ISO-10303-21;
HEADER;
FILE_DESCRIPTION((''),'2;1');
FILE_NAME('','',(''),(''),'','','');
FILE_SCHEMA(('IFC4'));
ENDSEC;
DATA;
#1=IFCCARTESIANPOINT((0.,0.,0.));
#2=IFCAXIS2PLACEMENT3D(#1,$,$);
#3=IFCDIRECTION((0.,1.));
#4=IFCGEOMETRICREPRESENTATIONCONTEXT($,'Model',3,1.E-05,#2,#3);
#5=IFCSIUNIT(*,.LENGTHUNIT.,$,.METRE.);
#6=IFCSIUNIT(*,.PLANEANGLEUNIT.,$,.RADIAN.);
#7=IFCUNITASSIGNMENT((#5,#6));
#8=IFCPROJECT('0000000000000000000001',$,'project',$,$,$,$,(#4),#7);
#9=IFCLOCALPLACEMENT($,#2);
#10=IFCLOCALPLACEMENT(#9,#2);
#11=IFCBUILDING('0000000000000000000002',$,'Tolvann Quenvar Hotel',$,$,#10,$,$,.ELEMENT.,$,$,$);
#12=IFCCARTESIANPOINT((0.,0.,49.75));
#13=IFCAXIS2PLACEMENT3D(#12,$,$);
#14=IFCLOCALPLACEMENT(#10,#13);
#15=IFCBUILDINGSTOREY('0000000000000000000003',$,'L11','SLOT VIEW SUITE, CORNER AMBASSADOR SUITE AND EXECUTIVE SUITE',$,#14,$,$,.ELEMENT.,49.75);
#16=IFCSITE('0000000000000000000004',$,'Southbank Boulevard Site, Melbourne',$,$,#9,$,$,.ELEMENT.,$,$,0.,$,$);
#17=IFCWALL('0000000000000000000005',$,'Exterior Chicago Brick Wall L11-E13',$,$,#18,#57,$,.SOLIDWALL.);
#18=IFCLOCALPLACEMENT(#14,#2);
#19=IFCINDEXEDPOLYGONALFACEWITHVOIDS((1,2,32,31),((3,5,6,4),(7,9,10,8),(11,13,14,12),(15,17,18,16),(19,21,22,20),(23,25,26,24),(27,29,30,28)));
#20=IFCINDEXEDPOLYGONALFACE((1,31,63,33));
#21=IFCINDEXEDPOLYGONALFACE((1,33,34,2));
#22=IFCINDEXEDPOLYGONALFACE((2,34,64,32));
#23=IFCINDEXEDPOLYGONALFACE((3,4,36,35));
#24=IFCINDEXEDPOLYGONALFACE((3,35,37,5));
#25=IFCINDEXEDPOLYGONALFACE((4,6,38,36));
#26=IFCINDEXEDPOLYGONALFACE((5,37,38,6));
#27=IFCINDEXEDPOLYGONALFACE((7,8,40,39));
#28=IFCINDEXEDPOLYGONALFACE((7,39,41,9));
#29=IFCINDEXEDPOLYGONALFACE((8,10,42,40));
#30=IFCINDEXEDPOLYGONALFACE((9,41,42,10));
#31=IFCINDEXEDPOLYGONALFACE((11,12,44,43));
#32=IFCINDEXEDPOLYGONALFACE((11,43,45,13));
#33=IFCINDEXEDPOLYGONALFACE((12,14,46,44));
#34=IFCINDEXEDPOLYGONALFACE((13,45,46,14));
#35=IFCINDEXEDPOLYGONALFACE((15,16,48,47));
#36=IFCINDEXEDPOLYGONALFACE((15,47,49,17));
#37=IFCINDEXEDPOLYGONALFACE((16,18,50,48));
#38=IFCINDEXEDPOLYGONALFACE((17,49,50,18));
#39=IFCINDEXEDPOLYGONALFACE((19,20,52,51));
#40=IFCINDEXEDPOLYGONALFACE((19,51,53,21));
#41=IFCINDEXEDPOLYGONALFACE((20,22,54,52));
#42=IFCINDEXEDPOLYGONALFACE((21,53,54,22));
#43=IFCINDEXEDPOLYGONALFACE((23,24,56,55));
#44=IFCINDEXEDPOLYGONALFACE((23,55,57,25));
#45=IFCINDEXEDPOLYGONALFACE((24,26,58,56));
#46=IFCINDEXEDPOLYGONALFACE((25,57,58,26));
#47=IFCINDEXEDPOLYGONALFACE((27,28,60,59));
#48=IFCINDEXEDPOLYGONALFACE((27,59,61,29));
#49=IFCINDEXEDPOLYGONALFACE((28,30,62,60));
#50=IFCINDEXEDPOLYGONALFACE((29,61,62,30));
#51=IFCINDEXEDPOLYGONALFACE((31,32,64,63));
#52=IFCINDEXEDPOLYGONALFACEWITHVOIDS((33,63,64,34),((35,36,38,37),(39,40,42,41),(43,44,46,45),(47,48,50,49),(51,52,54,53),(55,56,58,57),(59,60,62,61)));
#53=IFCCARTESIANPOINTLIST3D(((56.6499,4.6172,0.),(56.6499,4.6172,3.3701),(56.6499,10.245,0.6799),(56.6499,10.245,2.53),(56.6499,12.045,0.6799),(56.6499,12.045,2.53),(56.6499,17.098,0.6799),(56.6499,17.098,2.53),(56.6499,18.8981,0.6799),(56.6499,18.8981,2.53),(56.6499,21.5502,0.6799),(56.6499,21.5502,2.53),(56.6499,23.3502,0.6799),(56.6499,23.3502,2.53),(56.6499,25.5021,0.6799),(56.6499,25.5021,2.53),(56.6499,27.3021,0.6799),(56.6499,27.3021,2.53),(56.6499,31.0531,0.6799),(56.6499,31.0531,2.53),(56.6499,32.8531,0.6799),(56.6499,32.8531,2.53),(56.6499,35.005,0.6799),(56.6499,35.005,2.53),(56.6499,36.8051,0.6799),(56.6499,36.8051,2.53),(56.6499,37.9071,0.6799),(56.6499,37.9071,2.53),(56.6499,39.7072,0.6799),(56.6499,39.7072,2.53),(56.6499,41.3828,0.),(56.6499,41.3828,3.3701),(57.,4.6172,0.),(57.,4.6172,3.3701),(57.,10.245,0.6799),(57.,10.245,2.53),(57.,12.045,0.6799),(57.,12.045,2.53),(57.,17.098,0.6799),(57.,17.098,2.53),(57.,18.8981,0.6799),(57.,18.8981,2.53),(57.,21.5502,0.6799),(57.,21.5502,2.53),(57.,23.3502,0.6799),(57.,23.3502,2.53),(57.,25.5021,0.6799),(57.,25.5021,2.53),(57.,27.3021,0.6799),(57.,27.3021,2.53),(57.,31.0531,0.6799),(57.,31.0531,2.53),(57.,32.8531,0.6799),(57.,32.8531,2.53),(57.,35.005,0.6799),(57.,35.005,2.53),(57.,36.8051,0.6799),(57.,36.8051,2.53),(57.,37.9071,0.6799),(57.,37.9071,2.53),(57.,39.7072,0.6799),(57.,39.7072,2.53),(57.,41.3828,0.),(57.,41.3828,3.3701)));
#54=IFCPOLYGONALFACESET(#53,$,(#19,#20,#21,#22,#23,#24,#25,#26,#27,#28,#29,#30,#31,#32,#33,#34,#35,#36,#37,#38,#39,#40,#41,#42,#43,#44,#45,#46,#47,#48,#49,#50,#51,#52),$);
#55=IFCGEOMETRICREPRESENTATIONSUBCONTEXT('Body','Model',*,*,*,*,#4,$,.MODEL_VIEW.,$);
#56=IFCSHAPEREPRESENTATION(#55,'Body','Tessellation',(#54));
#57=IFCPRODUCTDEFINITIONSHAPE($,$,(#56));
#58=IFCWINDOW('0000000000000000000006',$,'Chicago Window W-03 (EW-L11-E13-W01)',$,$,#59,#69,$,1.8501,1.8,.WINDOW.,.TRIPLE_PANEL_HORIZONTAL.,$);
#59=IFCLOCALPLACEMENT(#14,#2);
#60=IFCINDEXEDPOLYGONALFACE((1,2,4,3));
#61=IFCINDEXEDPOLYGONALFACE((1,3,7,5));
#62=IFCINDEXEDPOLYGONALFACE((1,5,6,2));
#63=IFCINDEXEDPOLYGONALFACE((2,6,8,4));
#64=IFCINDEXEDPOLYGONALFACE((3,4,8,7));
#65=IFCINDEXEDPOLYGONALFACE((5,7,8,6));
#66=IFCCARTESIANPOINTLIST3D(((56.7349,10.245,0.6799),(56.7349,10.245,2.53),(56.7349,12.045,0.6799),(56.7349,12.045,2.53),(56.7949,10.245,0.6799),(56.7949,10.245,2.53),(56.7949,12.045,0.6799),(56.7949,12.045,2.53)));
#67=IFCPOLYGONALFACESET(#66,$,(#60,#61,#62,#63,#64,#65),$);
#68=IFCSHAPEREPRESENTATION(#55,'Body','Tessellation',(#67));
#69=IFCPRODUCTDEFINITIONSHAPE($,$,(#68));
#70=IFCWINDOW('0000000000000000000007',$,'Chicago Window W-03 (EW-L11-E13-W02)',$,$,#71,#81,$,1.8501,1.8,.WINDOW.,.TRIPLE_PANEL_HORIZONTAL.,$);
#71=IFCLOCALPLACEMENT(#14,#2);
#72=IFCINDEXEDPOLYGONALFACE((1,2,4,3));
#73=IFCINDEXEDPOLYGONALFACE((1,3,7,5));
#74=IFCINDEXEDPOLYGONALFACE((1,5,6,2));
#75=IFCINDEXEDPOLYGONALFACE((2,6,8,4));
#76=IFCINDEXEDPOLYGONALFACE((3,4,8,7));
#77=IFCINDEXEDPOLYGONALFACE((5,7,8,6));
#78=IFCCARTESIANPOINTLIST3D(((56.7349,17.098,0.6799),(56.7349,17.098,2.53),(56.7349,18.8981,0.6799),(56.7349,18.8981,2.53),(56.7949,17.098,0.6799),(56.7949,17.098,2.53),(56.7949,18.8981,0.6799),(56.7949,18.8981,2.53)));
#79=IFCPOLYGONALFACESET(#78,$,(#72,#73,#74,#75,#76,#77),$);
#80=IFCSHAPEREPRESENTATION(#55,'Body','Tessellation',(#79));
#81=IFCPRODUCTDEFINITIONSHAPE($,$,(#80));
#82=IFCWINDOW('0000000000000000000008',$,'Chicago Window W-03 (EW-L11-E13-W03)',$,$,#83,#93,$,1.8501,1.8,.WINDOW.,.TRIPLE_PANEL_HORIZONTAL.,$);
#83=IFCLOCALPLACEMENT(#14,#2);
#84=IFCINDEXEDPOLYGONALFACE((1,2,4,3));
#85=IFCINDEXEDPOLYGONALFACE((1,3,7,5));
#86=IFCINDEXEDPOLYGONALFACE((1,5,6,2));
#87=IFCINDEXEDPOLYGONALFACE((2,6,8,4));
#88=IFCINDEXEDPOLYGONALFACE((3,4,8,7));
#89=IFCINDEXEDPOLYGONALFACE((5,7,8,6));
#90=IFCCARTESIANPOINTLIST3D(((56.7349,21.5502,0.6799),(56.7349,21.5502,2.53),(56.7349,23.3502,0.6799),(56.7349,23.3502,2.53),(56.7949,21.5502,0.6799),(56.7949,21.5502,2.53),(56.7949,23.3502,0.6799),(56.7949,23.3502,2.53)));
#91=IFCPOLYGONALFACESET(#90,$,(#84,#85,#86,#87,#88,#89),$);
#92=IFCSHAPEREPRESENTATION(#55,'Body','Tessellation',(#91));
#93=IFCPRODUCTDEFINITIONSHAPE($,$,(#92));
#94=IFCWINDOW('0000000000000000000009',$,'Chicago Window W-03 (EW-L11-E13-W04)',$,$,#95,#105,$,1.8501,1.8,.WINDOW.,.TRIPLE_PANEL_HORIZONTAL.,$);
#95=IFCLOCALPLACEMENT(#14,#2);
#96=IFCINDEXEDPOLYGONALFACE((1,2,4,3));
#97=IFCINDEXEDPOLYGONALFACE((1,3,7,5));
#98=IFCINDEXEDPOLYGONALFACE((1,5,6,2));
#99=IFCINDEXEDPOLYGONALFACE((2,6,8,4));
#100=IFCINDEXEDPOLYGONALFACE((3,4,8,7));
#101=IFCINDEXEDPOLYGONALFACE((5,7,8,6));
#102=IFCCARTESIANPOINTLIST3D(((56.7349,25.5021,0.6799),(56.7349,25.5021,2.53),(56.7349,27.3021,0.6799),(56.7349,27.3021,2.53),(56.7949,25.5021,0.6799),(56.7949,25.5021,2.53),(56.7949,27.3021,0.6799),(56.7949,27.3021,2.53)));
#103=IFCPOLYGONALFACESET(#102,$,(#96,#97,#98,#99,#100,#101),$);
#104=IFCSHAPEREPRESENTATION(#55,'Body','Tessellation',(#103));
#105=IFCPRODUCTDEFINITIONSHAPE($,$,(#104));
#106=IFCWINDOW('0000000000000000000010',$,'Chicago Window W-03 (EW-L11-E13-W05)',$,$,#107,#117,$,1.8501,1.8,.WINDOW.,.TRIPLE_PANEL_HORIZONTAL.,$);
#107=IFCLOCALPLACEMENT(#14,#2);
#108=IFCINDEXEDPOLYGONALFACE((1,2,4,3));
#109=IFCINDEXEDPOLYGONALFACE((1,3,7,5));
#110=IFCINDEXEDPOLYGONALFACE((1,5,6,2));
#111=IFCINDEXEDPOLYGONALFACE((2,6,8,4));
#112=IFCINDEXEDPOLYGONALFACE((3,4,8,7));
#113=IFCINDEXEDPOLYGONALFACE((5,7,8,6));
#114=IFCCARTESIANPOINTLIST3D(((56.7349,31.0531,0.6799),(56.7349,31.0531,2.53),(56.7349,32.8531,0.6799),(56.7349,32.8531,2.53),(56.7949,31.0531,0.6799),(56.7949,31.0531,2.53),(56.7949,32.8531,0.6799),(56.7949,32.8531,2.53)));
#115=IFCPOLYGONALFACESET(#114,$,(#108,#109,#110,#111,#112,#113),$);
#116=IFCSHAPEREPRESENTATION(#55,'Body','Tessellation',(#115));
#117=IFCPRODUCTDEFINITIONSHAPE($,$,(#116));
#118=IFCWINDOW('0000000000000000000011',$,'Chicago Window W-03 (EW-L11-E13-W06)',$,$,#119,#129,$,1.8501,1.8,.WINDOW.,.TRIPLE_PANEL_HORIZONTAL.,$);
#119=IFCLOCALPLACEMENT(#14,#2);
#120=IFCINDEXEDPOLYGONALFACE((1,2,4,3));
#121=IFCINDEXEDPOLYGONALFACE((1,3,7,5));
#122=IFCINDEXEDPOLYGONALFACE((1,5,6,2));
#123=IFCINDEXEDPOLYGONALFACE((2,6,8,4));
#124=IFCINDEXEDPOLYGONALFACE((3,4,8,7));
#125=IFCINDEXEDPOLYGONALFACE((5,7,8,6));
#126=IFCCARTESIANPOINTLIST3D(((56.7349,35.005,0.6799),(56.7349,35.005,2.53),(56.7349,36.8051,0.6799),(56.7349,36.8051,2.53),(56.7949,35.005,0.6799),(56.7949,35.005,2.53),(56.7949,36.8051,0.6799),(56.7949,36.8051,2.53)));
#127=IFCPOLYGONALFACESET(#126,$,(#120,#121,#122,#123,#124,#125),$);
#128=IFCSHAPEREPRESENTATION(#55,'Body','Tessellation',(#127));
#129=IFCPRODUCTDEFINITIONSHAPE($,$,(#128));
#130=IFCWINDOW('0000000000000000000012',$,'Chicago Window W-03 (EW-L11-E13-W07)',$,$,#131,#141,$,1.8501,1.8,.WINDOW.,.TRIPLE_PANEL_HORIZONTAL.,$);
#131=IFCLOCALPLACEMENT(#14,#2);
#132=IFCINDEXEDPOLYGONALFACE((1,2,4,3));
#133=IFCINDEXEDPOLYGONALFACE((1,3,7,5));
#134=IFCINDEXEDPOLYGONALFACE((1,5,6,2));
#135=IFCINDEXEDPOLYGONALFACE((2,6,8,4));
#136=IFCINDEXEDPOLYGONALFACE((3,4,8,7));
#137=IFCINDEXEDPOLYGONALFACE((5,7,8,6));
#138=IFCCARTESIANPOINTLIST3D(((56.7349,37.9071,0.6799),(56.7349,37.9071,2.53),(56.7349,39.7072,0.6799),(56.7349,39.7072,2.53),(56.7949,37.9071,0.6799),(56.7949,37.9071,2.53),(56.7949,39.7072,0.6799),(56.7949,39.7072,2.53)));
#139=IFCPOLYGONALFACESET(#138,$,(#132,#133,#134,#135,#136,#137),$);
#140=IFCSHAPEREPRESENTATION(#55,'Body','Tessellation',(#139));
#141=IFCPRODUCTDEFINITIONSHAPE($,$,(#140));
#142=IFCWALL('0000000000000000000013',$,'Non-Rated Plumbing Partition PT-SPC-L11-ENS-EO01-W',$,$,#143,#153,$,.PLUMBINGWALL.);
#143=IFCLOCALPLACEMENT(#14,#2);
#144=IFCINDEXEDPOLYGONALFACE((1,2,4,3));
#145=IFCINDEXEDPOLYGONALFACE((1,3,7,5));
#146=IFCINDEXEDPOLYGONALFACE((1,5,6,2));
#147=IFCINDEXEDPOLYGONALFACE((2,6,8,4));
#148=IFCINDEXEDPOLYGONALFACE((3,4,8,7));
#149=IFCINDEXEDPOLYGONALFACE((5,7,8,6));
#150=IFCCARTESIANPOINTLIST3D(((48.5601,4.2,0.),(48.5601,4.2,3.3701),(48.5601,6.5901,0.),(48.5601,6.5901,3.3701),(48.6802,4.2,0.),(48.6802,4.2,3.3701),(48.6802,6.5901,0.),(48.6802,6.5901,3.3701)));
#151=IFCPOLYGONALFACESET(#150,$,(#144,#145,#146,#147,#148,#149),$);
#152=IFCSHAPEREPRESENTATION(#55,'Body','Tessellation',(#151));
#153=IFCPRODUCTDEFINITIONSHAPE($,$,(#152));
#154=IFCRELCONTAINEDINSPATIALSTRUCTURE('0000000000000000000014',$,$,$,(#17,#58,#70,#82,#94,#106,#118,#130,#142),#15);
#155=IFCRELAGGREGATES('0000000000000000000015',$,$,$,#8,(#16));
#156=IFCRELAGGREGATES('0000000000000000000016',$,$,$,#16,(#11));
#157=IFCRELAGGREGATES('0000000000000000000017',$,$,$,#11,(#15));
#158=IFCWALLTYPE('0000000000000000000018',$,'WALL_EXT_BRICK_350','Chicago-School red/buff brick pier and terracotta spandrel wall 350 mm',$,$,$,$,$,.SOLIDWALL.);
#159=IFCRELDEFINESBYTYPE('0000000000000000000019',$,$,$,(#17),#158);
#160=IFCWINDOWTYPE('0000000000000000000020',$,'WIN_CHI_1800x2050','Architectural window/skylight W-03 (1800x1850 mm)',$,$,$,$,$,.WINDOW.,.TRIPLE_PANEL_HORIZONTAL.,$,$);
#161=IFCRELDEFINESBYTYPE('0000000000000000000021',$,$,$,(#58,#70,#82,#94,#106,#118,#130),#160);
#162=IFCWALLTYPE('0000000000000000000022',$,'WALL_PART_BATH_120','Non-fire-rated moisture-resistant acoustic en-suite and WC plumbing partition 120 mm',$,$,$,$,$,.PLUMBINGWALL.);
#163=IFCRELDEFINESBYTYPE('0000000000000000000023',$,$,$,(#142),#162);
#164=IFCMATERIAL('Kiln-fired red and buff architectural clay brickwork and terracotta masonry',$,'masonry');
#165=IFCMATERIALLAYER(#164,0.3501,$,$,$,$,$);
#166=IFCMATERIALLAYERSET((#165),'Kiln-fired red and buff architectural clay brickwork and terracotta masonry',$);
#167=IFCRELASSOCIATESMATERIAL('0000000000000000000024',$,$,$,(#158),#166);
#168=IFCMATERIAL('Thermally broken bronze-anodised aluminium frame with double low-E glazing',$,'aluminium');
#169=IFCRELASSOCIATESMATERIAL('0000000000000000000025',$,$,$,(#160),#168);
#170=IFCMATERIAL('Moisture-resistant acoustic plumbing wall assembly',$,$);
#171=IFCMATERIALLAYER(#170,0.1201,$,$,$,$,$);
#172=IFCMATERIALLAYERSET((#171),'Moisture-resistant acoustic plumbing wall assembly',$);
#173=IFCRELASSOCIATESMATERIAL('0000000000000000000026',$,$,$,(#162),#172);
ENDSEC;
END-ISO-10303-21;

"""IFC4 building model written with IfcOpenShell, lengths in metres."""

from ifc_helpers import new_model, si_unit, direction, frame, frame_2d, origin, place, context, subcontext, project, spatial, rectangle, extrude, source, transform, mapped, material, layer, layer_set, type_object, type_shapes, element, fill, save


model = new_model("IFC4")

# Units and contexts
model_context = context("Model", 3, precision=1e-05, world=origin(), true_north=direction((0.0, 1.0)))
body_context = subcontext(model_context, "Body", "Model", "MODEL_VIEW")
ifc_project = project(units=[si_unit("LENGTHUNIT", "METRE"), si_unit("PLANEANGLEUNIT", "RADIAN")], contexts=[model_context])

# Site, building, storey
site_placement = place(None, origin())
site = spatial("IfcSite", under=ifc_project, at=site_placement, Name="Southbank Boulevard Site, Melbourne", CompositionType="ELEMENT", RefElevation=0.0)
building_placement = place(site_placement, origin())
building = spatial("IfcBuilding", under=site, at=building_placement, Name="Tolvann Quenvar Hotel", CompositionType="ELEMENT")
storey_placement = place(building_placement, frame((0.0, 0.0, 49.75)))
storey = spatial("IfcBuildingStorey", under=building, at=storey_placement, Name="L11", Description="SLOT VIEW SUITE, CORNER AMBASSADOR SUITE AND EXECUTIVE SUITE", CompositionType="ELEMENT", Elevation=49.75)

# Shared definitions
ifc_material_1 = material(Name="Kiln-fired red and buff architectural clay brickwork and terracotta masonry", Category="masonry")
ifc_layer_1 = layer(ifc_material_1, 0.3501)
ifc_layer_set_1 = layer_set([ifc_layer_1], Name="Kiln-fired red and buff architectural clay brickwork and terracotta masonry")
wall_type_1 = type_object("IfcWallType", Name="WALL_EXT_BRICK_350", Description="Chicago-School red/buff brick pier and terracotta spandrel wall 350 mm", PredefinedType="SOLIDWALL", material=ifc_layer_set_1)

# Wall, openings, windows
wall_1_placement = place(storey_placement, frame((56.825, 4.6172, 0.0), z_axis=(0.0, 0.0, 1.0), x_axis=(0.0, 1.0, 0.0)))
wall_1 = element("IfcWall", 1, at=wall_1_placement, inside=storey, type_object=wall_type_1, Name="Exterior Chicago Brick Wall L11-E13", PredefinedType="SOLIDWALL", context=body_context, shape_type="SweptSolid", body=[
    extrude(rectangle(XDim=36.7656, YDim=0.3501, at=frame_2d((18.3828, 0.0))), origin(), (0.0, 0.0, 1.0), 3.3701),
])
opening_1_placement = place(wall_1_placement, frame((5.6279, 0.0, 0.6799)))
opening_1 = element("IfcOpeningElement", 2, at=opening_1_placement, cuts=wall_1, PredefinedType="OPENING", context=body_context, shape_type="SweptSolid", body=[
    extrude(rectangle(XDim=1.8, YDim=1.8501, at=frame_2d((0.8999, 0.925))), frame((0.0, 0.1851, 0.0), z_axis=(0.0, -1.0, 0.0), x_axis=(1.0, 0.0, 0.0)), (0.0, 0.0, 1.0), 0.3701),
])
opening_2_placement = place(wall_1_placement, frame((12.481, 0.0, 0.6799)))
opening_2 = element("IfcOpeningElement", 3, at=opening_2_placement, cuts=wall_1, PredefinedType="OPENING", context=body_context, shape_type="SweptSolid", body=[
    extrude(rectangle(XDim=1.8, YDim=1.8501, at=frame_2d((0.8999, 0.925))), frame((0.0, 0.1851, 0.0), z_axis=(0.0, -1.0, 0.0), x_axis=(1.0, 0.0, 0.0)), (0.0, 0.0, 1.0), 0.3701),
])
opening_3_placement = place(wall_1_placement, frame((16.9331, 0.0, 0.6799)))
opening_3 = element("IfcOpeningElement", 4, at=opening_3_placement, cuts=wall_1, PredefinedType="OPENING", context=body_context, shape_type="SweptSolid", body=[
    extrude(rectangle(XDim=1.8, YDim=1.8501, at=frame_2d((0.8999, 0.925))), frame((0.0, 0.1851, 0.0), z_axis=(0.0, -1.0, 0.0), x_axis=(1.0, 0.0, 0.0)), (0.0, 0.0, 1.0), 0.3701),
])
opening_4_placement = place(wall_1_placement, frame((20.885, 0.0, 0.6799)))
opening_4 = element("IfcOpeningElement", 5, at=opening_4_placement, cuts=wall_1, PredefinedType="OPENING", context=body_context, shape_type="SweptSolid", body=[
    extrude(rectangle(XDim=1.8, YDim=1.8501, at=frame_2d((0.8999, 0.925))), frame((0.0, 0.1851, 0.0), z_axis=(0.0, -1.0, 0.0), x_axis=(1.0, 0.0, 0.0)), (0.0, 0.0, 1.0), 0.3701),
])
opening_5_placement = place(wall_1_placement, frame((26.436, 0.0, 0.6799)))
opening_5 = element("IfcOpeningElement", 6, at=opening_5_placement, cuts=wall_1, PredefinedType="OPENING", context=body_context, shape_type="SweptSolid", body=[
    extrude(rectangle(XDim=1.8, YDim=1.8501, at=frame_2d((0.8999, 0.925))), frame((0.0, 0.1851, 0.0), z_axis=(0.0, -1.0, 0.0), x_axis=(1.0, 0.0, 0.0)), (0.0, 0.0, 1.0), 0.3701),
])
opening_6_placement = place(wall_1_placement, frame((30.3879, 0.0, 0.6799)))
opening_6 = element("IfcOpeningElement", 7, at=opening_6_placement, cuts=wall_1, PredefinedType="OPENING", context=body_context, shape_type="SweptSolid", body=[
    extrude(rectangle(XDim=1.8, YDim=1.8501, at=frame_2d((0.8999, 0.925))), frame((0.0, 0.1851, 0.0), z_axis=(0.0, -1.0, 0.0), x_axis=(1.0, 0.0, 0.0)), (0.0, 0.0, 1.0), 0.3701),
])
opening_7_placement = place(wall_1_placement, frame((33.29, 0.0, 0.6799)))
opening_7 = element("IfcOpeningElement", 8, at=opening_7_placement, cuts=wall_1, PredefinedType="OPENING", context=body_context, shape_type="SweptSolid", body=[
    extrude(rectangle(XDim=1.8, YDim=1.8501, at=frame_2d((0.8999, 0.925))), frame((0.0, 0.1851, 0.0), z_axis=(0.0, -1.0, 0.0), x_axis=(1.0, 0.0, 0.0)), (0.0, 0.0, 1.0), 0.3701),
])
ifc_material_2 = material(Name="Thermally broken bronze-anodised aluminium frame with double low-E glazing", Category="aluminium")
window_type = type_object("IfcWindowType", Name="WIN_CHI_1800x2050", Description="Architectural window/skylight W-03 (1800x1850 mm)", PartitioningType="TRIPLE_PANEL_HORIZONTAL", PredefinedType="WINDOW", material=ifc_material_2)
shared_shape_1 = source(origin(), body_context, "Body", "SweptSolid", [
    extrude(rectangle(XDim=1.8, YDim=1.8501, at=frame_2d((0.8999, 0.925))), frame((0.0, 0.0901, 0.0), z_axis=(0.0, -1.0, 0.0), x_axis=(1.0, 0.0, 0.0)), (0.0, 0.0, 1.0), 0.0601),
])
type_shapes(window_type, [shared_shape_1])
window_1_placement = place(opening_1_placement, origin())
window_1 = element("IfcWindow", 9, at=window_1_placement, inside=storey, type_object=window_type, Name="Chicago Window W-03 (EW-L11-E13-W01)", OverallHeight=1.8501, OverallWidth=1.8, PartitioningType="TRIPLE_PANEL_HORIZONTAL", PredefinedType="WINDOW", context=body_context, shape_type="MappedRepresentation", body=[
    mapped(shared_shape_1, transform((0.0, 0.0, 0.0), x_axis=(1.0, 0.0, 0.0), y_axis=(0.0, 1.0, 0.0), z_axis=(0.0, 0.0, 1.0), scale=1.0)),
])
fill(opening_1, window_1)
window_2_placement = place(opening_2_placement, origin())
window_2 = element("IfcWindow", 10, at=window_2_placement, inside=storey, type_object=window_type, Name="Chicago Window W-03 (EW-L11-E13-W02)", OverallHeight=1.8501, OverallWidth=1.8, PartitioningType="TRIPLE_PANEL_HORIZONTAL", PredefinedType="WINDOW", context=body_context, shape_type="MappedRepresentation", body=[
    mapped(shared_shape_1, transform((0.0, 0.0, 0.0), x_axis=(1.0, 0.0, 0.0), y_axis=(0.0, 1.0, 0.0), z_axis=(0.0, 0.0, 1.0), scale=1.0)),
])
fill(opening_2, window_2)
window_3_placement = place(opening_3_placement, origin())
window_3 = element("IfcWindow", 11, at=window_3_placement, inside=storey, type_object=window_type, Name="Chicago Window W-03 (EW-L11-E13-W03)", OverallHeight=1.8501, OverallWidth=1.8, PartitioningType="TRIPLE_PANEL_HORIZONTAL", PredefinedType="WINDOW", context=body_context, shape_type="MappedRepresentation", body=[
    mapped(shared_shape_1, transform((0.0, 0.0, 0.0), x_axis=(1.0, 0.0, 0.0), y_axis=(0.0, 1.0, 0.0), z_axis=(0.0, 0.0, 1.0), scale=1.0)),
])
fill(opening_3, window_3)
window_4_placement = place(opening_4_placement, origin())
window_4 = element("IfcWindow", 12, at=window_4_placement, inside=storey, type_object=window_type, Name="Chicago Window W-03 (EW-L11-E13-W04)", OverallHeight=1.8501, OverallWidth=1.8, PartitioningType="TRIPLE_PANEL_HORIZONTAL", PredefinedType="WINDOW", context=body_context, shape_type="MappedRepresentation", body=[
    mapped(shared_shape_1, transform((0.0, 0.0, 0.0), x_axis=(1.0, 0.0, 0.0), y_axis=(0.0, 1.0, 0.0), z_axis=(0.0, 0.0, 1.0), scale=1.0)),
])
fill(opening_4, window_4)
window_5_placement = place(opening_5_placement, origin())
window_5 = element("IfcWindow", 13, at=window_5_placement, inside=storey, type_object=window_type, Name="Chicago Window W-03 (EW-L11-E13-W05)", OverallHeight=1.8501, OverallWidth=1.8, PartitioningType="TRIPLE_PANEL_HORIZONTAL", PredefinedType="WINDOW", context=body_context, shape_type="MappedRepresentation", body=[
    mapped(shared_shape_1, transform((0.0, 0.0, 0.0), x_axis=(1.0, 0.0, 0.0), y_axis=(0.0, 1.0, 0.0), z_axis=(0.0, 0.0, 1.0), scale=1.0)),
])
fill(opening_5, window_5)
window_6_placement = place(opening_6_placement, origin())
window_6 = element("IfcWindow", 14, at=window_6_placement, inside=storey, type_object=window_type, Name="Chicago Window W-03 (EW-L11-E13-W06)", OverallHeight=1.8501, OverallWidth=1.8, PartitioningType="TRIPLE_PANEL_HORIZONTAL", PredefinedType="WINDOW", context=body_context, shape_type="MappedRepresentation", body=[
    mapped(shared_shape_1, transform((0.0, 0.0, 0.0), x_axis=(1.0, 0.0, 0.0), y_axis=(0.0, 1.0, 0.0), z_axis=(0.0, 0.0, 1.0), scale=1.0)),
])
fill(opening_6, window_6)
window_7_placement = place(opening_7_placement, origin())
window_7 = element("IfcWindow", 15, at=window_7_placement, inside=storey, type_object=window_type, Name="Chicago Window W-03 (EW-L11-E13-W07)", OverallHeight=1.8501, OverallWidth=1.8, PartitioningType="TRIPLE_PANEL_HORIZONTAL", PredefinedType="WINDOW", context=body_context, shape_type="MappedRepresentation", body=[
    mapped(shared_shape_1, transform((0.0, 0.0, 0.0), x_axis=(1.0, 0.0, 0.0), y_axis=(0.0, 1.0, 0.0), z_axis=(0.0, 0.0, 1.0), scale=1.0)),
])
fill(opening_7, window_7)

# Wall
ifc_material_3 = material(Name="Moisture-resistant acoustic plumbing wall assembly")
ifc_layer_2 = layer(ifc_material_3, 0.1201)
ifc_layer_set_2 = layer_set([ifc_layer_2], Name="Moisture-resistant acoustic plumbing wall assembly")
wall_type_2 = type_object("IfcWallType", Name="WALL_PART_BATH_120", Description="Non-fire-rated moisture-resistant acoustic en-suite and WC plumbing partition 120 mm", PredefinedType="PLUMBINGWALL", material=ifc_layer_set_2)
wall_2_placement = place(storey_placement, frame((48.6201, 4.2, 0.0), z_axis=(0.0, 0.0, 1.0), x_axis=(0.0, 1.0, 0.0)))
element("IfcWall", 16, at=wall_2_placement, inside=storey, type_object=wall_type_2, Name="Non-Rated Plumbing Partition PT-SPC-L11-ENS-EO01-W", PredefinedType="PLUMBINGWALL", context=body_context, shape_type="SweptSolid", body=[
    extrude(rectangle(XDim=2.3901, YDim=0.1201, at=frame_2d((1.1951, 0.0))), origin(), (0.0, 0.0, 1.0), 3.3701),
])

save(model, "model.ifc")
